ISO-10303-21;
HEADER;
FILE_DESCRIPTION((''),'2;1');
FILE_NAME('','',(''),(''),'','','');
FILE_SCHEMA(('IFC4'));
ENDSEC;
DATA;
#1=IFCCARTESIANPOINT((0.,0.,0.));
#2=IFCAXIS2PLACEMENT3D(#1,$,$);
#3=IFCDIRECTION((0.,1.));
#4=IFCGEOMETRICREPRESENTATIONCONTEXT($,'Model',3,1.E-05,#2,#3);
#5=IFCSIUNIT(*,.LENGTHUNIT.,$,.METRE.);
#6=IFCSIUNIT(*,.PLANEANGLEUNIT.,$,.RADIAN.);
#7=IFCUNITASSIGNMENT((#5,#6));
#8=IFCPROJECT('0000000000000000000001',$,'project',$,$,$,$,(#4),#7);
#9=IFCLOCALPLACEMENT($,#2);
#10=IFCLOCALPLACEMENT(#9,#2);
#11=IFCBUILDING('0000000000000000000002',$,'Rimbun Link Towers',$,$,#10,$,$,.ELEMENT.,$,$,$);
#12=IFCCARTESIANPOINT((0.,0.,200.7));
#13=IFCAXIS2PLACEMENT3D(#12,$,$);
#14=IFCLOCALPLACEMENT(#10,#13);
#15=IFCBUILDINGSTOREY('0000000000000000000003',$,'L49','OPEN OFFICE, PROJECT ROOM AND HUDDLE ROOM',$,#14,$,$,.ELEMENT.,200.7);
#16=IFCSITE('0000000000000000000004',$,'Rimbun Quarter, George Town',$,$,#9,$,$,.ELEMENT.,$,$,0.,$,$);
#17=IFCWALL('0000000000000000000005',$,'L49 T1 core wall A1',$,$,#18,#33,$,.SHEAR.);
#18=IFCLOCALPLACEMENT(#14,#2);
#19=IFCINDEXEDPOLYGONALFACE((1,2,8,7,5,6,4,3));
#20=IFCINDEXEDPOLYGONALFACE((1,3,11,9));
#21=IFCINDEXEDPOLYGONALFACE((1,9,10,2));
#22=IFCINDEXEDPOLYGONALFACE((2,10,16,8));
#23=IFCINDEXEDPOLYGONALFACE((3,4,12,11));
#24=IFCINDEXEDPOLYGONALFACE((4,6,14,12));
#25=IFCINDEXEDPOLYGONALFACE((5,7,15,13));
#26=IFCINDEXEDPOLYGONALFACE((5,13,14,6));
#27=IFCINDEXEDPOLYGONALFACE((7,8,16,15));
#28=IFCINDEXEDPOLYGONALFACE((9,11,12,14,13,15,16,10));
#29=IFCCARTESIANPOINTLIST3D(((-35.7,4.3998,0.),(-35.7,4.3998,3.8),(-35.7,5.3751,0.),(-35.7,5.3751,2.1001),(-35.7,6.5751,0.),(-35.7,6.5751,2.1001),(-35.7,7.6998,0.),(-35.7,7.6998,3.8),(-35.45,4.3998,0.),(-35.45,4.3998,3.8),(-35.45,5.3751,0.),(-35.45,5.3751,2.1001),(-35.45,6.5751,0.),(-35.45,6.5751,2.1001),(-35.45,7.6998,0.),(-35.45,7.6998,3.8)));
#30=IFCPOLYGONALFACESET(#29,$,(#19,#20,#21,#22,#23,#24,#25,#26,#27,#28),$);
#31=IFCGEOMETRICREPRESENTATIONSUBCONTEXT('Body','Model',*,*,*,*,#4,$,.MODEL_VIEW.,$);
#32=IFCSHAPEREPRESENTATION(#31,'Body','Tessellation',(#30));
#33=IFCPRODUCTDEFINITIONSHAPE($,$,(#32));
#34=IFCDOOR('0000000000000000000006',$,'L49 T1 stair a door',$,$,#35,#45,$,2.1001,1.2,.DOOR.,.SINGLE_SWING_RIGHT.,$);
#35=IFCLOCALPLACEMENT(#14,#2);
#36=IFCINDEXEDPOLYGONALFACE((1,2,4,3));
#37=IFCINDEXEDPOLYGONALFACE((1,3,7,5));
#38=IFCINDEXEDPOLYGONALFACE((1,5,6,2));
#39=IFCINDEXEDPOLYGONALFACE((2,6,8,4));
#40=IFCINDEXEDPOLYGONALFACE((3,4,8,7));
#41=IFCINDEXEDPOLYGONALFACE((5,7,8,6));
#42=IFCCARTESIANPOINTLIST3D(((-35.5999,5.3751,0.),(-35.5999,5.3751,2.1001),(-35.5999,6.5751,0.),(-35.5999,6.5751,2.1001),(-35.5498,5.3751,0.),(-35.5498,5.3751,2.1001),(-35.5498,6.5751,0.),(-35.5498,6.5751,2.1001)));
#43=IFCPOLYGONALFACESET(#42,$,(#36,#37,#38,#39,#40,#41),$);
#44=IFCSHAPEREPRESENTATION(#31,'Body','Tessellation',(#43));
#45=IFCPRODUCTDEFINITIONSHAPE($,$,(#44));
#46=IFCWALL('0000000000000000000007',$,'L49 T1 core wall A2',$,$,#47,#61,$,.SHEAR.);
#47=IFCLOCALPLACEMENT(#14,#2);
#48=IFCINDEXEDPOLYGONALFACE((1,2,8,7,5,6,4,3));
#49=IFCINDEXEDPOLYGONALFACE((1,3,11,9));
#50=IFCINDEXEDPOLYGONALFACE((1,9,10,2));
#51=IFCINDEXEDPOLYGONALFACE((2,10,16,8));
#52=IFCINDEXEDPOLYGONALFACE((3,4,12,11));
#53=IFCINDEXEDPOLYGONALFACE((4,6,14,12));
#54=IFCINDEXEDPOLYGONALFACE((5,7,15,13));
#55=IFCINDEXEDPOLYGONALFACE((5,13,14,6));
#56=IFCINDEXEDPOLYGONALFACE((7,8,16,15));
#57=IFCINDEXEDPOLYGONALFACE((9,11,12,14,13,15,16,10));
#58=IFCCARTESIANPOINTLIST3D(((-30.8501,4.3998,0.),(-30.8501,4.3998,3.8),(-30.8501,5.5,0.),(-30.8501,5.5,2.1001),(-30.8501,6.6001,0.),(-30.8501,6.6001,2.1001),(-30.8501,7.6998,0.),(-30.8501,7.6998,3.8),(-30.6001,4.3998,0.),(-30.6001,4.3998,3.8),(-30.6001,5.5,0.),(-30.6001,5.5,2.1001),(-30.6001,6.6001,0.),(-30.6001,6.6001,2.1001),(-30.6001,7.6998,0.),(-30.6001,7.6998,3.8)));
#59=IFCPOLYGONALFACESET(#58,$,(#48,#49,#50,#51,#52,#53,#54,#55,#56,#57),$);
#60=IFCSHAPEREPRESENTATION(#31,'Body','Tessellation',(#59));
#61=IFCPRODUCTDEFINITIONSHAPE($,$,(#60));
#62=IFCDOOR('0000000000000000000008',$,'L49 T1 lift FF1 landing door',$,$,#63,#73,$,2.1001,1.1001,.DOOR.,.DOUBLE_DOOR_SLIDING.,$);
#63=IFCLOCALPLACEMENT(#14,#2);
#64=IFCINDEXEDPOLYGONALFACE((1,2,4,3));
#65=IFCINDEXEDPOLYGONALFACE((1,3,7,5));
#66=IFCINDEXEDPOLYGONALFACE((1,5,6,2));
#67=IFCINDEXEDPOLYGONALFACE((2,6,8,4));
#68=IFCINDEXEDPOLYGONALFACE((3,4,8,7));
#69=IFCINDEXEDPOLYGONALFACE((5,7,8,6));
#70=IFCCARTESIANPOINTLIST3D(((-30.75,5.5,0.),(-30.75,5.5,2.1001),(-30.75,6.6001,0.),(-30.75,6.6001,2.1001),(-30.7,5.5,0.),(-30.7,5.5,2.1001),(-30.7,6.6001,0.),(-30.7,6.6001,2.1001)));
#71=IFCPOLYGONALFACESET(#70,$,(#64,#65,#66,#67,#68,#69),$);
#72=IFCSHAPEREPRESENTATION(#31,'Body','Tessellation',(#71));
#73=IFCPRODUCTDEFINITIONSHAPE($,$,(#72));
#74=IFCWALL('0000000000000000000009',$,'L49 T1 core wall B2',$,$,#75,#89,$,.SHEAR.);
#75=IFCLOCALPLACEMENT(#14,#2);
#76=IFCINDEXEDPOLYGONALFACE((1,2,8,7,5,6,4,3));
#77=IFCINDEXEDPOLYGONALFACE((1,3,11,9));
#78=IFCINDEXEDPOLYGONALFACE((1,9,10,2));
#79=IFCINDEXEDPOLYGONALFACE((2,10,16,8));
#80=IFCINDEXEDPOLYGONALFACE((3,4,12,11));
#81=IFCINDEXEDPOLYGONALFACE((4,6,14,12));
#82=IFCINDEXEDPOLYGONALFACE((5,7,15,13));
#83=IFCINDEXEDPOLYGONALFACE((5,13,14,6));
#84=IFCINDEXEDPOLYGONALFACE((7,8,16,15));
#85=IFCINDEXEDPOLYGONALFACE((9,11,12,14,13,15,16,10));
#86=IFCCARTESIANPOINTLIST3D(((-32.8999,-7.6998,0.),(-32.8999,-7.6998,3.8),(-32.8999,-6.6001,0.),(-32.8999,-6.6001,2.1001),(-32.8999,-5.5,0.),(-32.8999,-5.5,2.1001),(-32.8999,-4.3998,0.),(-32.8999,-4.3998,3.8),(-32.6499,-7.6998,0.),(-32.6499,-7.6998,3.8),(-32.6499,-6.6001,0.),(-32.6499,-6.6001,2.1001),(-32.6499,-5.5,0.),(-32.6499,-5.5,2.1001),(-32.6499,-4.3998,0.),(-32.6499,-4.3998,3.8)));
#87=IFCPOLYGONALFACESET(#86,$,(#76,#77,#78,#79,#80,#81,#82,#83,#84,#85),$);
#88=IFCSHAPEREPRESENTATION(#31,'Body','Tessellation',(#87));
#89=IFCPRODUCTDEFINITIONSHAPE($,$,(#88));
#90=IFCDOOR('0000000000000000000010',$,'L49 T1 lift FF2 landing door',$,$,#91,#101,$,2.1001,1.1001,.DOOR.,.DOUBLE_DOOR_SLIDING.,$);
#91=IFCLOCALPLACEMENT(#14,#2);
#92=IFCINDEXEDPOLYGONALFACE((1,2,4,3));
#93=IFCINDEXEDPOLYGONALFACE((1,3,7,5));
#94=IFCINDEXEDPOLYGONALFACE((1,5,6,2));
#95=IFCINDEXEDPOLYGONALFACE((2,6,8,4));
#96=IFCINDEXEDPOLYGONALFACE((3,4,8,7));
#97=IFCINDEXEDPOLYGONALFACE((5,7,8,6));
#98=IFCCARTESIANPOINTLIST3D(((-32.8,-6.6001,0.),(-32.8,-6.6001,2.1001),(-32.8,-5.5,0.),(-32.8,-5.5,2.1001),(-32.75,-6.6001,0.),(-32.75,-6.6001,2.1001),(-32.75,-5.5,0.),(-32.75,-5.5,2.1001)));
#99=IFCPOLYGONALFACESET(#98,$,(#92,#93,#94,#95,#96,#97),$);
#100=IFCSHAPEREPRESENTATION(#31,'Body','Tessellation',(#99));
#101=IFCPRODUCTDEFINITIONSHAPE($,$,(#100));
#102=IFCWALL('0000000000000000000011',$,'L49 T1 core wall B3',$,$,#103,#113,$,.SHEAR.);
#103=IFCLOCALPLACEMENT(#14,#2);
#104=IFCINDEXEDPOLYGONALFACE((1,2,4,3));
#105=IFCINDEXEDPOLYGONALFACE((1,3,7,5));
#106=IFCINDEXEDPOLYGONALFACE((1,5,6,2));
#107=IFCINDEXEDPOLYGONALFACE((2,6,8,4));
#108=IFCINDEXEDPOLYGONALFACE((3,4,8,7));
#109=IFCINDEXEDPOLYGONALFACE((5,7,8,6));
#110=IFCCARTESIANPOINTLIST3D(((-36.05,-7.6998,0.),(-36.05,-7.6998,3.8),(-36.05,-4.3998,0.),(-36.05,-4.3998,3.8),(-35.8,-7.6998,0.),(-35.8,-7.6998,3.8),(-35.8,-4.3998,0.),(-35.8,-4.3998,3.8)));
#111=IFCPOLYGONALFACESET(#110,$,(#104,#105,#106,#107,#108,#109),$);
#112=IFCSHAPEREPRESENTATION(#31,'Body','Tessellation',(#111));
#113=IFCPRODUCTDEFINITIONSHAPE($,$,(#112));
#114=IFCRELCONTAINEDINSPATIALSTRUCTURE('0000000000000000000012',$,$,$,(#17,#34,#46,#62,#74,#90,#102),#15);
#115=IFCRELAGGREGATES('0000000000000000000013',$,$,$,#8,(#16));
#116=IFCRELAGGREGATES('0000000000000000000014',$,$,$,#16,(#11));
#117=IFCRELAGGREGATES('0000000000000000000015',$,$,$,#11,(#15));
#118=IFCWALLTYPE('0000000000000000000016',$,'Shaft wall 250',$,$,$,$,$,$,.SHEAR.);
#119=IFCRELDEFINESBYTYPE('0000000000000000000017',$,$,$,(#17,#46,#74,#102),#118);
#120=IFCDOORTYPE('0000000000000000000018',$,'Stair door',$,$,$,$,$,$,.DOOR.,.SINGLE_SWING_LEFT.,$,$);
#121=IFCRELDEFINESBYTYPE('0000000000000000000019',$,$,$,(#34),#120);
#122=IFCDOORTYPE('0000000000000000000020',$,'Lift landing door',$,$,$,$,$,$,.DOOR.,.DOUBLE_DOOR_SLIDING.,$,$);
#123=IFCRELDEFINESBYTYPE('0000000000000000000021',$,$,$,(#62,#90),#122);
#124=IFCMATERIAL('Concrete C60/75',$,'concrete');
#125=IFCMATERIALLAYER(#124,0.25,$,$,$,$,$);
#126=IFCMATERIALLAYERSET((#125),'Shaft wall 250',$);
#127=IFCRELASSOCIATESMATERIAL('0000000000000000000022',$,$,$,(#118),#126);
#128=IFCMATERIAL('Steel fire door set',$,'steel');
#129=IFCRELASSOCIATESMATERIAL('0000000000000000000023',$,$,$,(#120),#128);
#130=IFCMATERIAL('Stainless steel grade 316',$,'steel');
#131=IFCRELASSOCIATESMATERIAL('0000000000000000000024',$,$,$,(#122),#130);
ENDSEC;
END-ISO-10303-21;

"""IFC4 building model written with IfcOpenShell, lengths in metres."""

from ifc_helpers import new_model, si_unit, direction, frame, frame_2d, origin, place, context, subcontext, project, spatial, rectangle, extrude, material, layer, layer_set, type_object, element, fill, save


model = new_model("IFC4")

# Units and contexts
model_context = context("Model", 3, precision=1e-05, world=origin(), true_north=direction((0.0, 1.0)))
body_context = subcontext(model_context, "Body", "Model", "MODEL_VIEW")
ifc_project = project(units=[si_unit("LENGTHUNIT", "METRE"), si_unit("PLANEANGLEUNIT", "RADIAN")], contexts=[model_context])

# Site, building, storey
site_placement = place(None, origin())
site = spatial("IfcSite", under=ifc_project, at=site_placement, Name="Rimbun Quarter, George Town", CompositionType="ELEMENT", RefElevation=0.0)
building_placement = place(site_placement, origin())
building = spatial("IfcBuilding", under=site, at=building_placement, Name="Rimbun Link Towers", CompositionType="ELEMENT")
storey_placement = place(building_placement, frame((0.0, 0.0, 200.7)))
storey = spatial("IfcBuildingStorey", under=building, at=storey_placement, Name="L49", Description="OPEN OFFICE, PROJECT ROOM AND HUDDLE ROOM", CompositionType="ELEMENT", Elevation=200.7)

# Shared definitions
ifc_material_1 = material(Name="Concrete C60/75", Category="concrete")
ifc_layer_1 = layer(ifc_material_1, 0.25)
ifc_layer_set_1 = layer_set([ifc_layer_1], Name="Shaft wall 250")
wall_type_1 = type_object("IfcWallType", Name="Shaft wall 250", PredefinedType="SHEAR", material=ifc_layer_set_1)

# Walls, openings, doors
wall_1_placement = place(storey_placement, frame((-35.575, 4.3999, 0.0), z_axis=(0.0, 0.0, 1.0), x_axis=(0.0, 1.0, 0.0)))
wall_1 = element("IfcWall", 1, at=wall_1_placement, inside=storey, type_object=wall_type_1, Name="L49 T1 core wall A1", PredefinedType="SHEAR", context=body_context, shape_type="SweptSolid", body=[
    extrude(rectangle(XDim=3.3, YDim=0.25, at=frame_2d((1.6499, 0.0))), origin(), (0.0, 0.0, 1.0), 3.8),
])
opening_1_placement = place(wall_1_placement, frame((0.9751, 0.0, 0.0)))
opening_1 = element("IfcOpeningElement", 2, at=opening_1_placement, cuts=wall_1, PredefinedType="OPENING", context=body_context, shape_type="SweptSolid", body=[
    extrude(rectangle(XDim=1.2, YDim=2.1001, at=frame_2d((0.6001, 1.05))), frame((0.0, 0.135, 0.0), z_axis=(0.0, -1.0, 0.0), x_axis=(1.0, 0.0, 0.0)), (0.0, 0.0, 1.0), 0.27),
])
ifc_material_2 = material(Name="Steel fire door set", Category="steel")
door_type_1 = type_object("IfcDoorType", Name="Stair door", OperationType="SINGLE_SWING_LEFT", PredefinedType="DOOR", material=ifc_material_2)
door_1_placement = place(opening_1_placement, origin())
door_1 = element("IfcDoor", 3, at=door_1_placement, inside=storey, type_object=door_type_1, Name="L49 T1 stair a door", OperationType="SINGLE_SWING_RIGHT", OverallHeight=2.1001, OverallWidth=1.2, PredefinedType="DOOR", context=body_context, shape_type="SweptSolid", body=[
    extrude(rectangle(XDim=1.2, YDim=2.1001, at=frame_2d((0.6001, 1.05))), frame((0.0, 0.0249, 0.0), z_axis=(0.0, -1.0, 0.0), x_axis=(1.0, 0.0, 0.0)), (0.0, 0.0, 1.0), 0.05),
])
fill(opening_1, door_1)
wall_2_placement = place(storey_placement, frame((-30.7251, 4.3999, 0.0), z_axis=(0.0, 0.0, 1.0), x_axis=(0.0, 1.0, 0.0)))
wall_2 = element("IfcWall", 4, at=wall_2_placement, inside=storey, type_object=wall_type_1, Name="L49 T1 core wall A2", PredefinedType="SHEAR", context=body_context, shape_type="SweptSolid", body=[
    extrude(rectangle(XDim=3.3, YDim=0.25, at=frame_2d((1.6499, 0.0))), origin(), (0.0, 0.0, 1.0), 3.8),
])
opening_2_placement = place(wall_2_placement, frame((1.1001, 0.0, 0.0)))
opening_2 = element("IfcOpeningElement", 5, at=opening_2_placement, cuts=wall_2, PredefinedType="OPENING", context=body_context, shape_type="SweptSolid", body=[
    extrude(rectangle(XDim=1.1001, YDim=2.1001, at=frame_2d((0.55, 1.05))), frame((0.0, 0.135, 0.0), z_axis=(0.0, -1.0, 0.0), x_axis=(1.0, 0.0, 0.0)), (0.0, 0.0, 1.0), 0.27),
])
ifc_material_3 = material(Name="Stainless steel grade 316", Category="steel")
door_type_2 = type_object("IfcDoorType", Name="Lift landing door", OperationType="DOUBLE_DOOR_SLIDING", PredefinedType="DOOR", material=ifc_material_3)
door_2_placement = place(opening_2_placement, origin())
door_2 = element("IfcDoor", 6, at=door_2_placement, inside=storey, type_object=door_type_2, Name="L49 T1 lift FF1 landing door", OperationType="DOUBLE_DOOR_SLIDING", OverallHeight=2.1001, OverallWidth=1.1001, PredefinedType="DOOR", context=body_context, shape_type="SweptSolid", body=[
    extrude(rectangle(XDim=1.1001, YDim=2.1001, at=frame_2d((0.55, 1.05))), frame((0.0, 0.0249, 0.0), z_axis=(0.0, -1.0, 0.0), x_axis=(1.0, 0.0, 0.0)), (0.0, 0.0, 1.0), 0.05),
])
fill(opening_2, door_2)
wall_3_placement = place(storey_placement, frame((-32.7749, -4.3999, 0.0), z_axis=(0.0, 0.0, 1.0), x_axis=(0.0, -1.0, 0.0)))
wall_3 = element("IfcWall", 7, at=wall_3_placement, inside=storey, type_object=wall_type_1, Name="L49 T1 core wall B2", PredefinedType="SHEAR", context=body_context, shape_type="SweptSolid", body=[
    extrude(rectangle(XDim=3.3, YDim=0.25, at=frame_2d((1.6499, 0.0))), origin(), (0.0, 0.0, 1.0), 3.8),
])
opening_3_placement = place(wall_3_placement, frame((1.1001, 0.0, 0.0)))
opening_3 = element("IfcOpeningElement", 8, at=opening_3_placement, cuts=wall_3, PredefinedType="OPENING", context=body_context, shape_type="SweptSolid", body=[
    extrude(rectangle(XDim=1.1001, YDim=2.1001, at=frame_2d((0.55, 1.05))), frame((0.0, 0.135, 0.0), z_axis=(0.0, -1.0, 0.0), x_axis=(1.0, 0.0, 0.0)), (0.0, 0.0, 1.0), 0.27),
])
door_3_placement = place(opening_3_placement, origin())
door_3 = element("IfcDoor", 9, at=door_3_placement, inside=storey, type_object=door_type_2, Name="L49 T1 lift FF2 landing door", OperationType="DOUBLE_DOOR_SLIDING", OverallHeight=2.1001, OverallWidth=1.1001, PredefinedType="DOOR", context=body_context, shape_type="SweptSolid", body=[
    extrude(rectangle(XDim=1.1001, YDim=2.1001, at=frame_2d((0.55, 1.05))), frame((0.0, 0.0249, 0.0), z_axis=(0.0, -1.0, 0.0), x_axis=(1.0, 0.0, 0.0)), (0.0, 0.0, 1.0), 0.05),
])
fill(opening_3, door_3)

# Wall
wall_4_placement = place(storey_placement, frame((-35.925, -4.3999, 0.0), z_axis=(0.0, 0.0, 1.0), x_axis=(0.0, -1.0, 0.0)))
element("IfcWall", 10, at=wall_4_placement, inside=storey, type_object=wall_type_1, Name="L49 T1 core wall B3", PredefinedType="SHEAR", context=body_context, shape_type="SweptSolid", body=[
    extrude(rectangle(XDim=3.3, YDim=0.25, at=frame_2d((1.6499, 0.0))), origin(), (0.0, 0.0, 1.0), 3.8),
])

save(model, "model.ifc")
